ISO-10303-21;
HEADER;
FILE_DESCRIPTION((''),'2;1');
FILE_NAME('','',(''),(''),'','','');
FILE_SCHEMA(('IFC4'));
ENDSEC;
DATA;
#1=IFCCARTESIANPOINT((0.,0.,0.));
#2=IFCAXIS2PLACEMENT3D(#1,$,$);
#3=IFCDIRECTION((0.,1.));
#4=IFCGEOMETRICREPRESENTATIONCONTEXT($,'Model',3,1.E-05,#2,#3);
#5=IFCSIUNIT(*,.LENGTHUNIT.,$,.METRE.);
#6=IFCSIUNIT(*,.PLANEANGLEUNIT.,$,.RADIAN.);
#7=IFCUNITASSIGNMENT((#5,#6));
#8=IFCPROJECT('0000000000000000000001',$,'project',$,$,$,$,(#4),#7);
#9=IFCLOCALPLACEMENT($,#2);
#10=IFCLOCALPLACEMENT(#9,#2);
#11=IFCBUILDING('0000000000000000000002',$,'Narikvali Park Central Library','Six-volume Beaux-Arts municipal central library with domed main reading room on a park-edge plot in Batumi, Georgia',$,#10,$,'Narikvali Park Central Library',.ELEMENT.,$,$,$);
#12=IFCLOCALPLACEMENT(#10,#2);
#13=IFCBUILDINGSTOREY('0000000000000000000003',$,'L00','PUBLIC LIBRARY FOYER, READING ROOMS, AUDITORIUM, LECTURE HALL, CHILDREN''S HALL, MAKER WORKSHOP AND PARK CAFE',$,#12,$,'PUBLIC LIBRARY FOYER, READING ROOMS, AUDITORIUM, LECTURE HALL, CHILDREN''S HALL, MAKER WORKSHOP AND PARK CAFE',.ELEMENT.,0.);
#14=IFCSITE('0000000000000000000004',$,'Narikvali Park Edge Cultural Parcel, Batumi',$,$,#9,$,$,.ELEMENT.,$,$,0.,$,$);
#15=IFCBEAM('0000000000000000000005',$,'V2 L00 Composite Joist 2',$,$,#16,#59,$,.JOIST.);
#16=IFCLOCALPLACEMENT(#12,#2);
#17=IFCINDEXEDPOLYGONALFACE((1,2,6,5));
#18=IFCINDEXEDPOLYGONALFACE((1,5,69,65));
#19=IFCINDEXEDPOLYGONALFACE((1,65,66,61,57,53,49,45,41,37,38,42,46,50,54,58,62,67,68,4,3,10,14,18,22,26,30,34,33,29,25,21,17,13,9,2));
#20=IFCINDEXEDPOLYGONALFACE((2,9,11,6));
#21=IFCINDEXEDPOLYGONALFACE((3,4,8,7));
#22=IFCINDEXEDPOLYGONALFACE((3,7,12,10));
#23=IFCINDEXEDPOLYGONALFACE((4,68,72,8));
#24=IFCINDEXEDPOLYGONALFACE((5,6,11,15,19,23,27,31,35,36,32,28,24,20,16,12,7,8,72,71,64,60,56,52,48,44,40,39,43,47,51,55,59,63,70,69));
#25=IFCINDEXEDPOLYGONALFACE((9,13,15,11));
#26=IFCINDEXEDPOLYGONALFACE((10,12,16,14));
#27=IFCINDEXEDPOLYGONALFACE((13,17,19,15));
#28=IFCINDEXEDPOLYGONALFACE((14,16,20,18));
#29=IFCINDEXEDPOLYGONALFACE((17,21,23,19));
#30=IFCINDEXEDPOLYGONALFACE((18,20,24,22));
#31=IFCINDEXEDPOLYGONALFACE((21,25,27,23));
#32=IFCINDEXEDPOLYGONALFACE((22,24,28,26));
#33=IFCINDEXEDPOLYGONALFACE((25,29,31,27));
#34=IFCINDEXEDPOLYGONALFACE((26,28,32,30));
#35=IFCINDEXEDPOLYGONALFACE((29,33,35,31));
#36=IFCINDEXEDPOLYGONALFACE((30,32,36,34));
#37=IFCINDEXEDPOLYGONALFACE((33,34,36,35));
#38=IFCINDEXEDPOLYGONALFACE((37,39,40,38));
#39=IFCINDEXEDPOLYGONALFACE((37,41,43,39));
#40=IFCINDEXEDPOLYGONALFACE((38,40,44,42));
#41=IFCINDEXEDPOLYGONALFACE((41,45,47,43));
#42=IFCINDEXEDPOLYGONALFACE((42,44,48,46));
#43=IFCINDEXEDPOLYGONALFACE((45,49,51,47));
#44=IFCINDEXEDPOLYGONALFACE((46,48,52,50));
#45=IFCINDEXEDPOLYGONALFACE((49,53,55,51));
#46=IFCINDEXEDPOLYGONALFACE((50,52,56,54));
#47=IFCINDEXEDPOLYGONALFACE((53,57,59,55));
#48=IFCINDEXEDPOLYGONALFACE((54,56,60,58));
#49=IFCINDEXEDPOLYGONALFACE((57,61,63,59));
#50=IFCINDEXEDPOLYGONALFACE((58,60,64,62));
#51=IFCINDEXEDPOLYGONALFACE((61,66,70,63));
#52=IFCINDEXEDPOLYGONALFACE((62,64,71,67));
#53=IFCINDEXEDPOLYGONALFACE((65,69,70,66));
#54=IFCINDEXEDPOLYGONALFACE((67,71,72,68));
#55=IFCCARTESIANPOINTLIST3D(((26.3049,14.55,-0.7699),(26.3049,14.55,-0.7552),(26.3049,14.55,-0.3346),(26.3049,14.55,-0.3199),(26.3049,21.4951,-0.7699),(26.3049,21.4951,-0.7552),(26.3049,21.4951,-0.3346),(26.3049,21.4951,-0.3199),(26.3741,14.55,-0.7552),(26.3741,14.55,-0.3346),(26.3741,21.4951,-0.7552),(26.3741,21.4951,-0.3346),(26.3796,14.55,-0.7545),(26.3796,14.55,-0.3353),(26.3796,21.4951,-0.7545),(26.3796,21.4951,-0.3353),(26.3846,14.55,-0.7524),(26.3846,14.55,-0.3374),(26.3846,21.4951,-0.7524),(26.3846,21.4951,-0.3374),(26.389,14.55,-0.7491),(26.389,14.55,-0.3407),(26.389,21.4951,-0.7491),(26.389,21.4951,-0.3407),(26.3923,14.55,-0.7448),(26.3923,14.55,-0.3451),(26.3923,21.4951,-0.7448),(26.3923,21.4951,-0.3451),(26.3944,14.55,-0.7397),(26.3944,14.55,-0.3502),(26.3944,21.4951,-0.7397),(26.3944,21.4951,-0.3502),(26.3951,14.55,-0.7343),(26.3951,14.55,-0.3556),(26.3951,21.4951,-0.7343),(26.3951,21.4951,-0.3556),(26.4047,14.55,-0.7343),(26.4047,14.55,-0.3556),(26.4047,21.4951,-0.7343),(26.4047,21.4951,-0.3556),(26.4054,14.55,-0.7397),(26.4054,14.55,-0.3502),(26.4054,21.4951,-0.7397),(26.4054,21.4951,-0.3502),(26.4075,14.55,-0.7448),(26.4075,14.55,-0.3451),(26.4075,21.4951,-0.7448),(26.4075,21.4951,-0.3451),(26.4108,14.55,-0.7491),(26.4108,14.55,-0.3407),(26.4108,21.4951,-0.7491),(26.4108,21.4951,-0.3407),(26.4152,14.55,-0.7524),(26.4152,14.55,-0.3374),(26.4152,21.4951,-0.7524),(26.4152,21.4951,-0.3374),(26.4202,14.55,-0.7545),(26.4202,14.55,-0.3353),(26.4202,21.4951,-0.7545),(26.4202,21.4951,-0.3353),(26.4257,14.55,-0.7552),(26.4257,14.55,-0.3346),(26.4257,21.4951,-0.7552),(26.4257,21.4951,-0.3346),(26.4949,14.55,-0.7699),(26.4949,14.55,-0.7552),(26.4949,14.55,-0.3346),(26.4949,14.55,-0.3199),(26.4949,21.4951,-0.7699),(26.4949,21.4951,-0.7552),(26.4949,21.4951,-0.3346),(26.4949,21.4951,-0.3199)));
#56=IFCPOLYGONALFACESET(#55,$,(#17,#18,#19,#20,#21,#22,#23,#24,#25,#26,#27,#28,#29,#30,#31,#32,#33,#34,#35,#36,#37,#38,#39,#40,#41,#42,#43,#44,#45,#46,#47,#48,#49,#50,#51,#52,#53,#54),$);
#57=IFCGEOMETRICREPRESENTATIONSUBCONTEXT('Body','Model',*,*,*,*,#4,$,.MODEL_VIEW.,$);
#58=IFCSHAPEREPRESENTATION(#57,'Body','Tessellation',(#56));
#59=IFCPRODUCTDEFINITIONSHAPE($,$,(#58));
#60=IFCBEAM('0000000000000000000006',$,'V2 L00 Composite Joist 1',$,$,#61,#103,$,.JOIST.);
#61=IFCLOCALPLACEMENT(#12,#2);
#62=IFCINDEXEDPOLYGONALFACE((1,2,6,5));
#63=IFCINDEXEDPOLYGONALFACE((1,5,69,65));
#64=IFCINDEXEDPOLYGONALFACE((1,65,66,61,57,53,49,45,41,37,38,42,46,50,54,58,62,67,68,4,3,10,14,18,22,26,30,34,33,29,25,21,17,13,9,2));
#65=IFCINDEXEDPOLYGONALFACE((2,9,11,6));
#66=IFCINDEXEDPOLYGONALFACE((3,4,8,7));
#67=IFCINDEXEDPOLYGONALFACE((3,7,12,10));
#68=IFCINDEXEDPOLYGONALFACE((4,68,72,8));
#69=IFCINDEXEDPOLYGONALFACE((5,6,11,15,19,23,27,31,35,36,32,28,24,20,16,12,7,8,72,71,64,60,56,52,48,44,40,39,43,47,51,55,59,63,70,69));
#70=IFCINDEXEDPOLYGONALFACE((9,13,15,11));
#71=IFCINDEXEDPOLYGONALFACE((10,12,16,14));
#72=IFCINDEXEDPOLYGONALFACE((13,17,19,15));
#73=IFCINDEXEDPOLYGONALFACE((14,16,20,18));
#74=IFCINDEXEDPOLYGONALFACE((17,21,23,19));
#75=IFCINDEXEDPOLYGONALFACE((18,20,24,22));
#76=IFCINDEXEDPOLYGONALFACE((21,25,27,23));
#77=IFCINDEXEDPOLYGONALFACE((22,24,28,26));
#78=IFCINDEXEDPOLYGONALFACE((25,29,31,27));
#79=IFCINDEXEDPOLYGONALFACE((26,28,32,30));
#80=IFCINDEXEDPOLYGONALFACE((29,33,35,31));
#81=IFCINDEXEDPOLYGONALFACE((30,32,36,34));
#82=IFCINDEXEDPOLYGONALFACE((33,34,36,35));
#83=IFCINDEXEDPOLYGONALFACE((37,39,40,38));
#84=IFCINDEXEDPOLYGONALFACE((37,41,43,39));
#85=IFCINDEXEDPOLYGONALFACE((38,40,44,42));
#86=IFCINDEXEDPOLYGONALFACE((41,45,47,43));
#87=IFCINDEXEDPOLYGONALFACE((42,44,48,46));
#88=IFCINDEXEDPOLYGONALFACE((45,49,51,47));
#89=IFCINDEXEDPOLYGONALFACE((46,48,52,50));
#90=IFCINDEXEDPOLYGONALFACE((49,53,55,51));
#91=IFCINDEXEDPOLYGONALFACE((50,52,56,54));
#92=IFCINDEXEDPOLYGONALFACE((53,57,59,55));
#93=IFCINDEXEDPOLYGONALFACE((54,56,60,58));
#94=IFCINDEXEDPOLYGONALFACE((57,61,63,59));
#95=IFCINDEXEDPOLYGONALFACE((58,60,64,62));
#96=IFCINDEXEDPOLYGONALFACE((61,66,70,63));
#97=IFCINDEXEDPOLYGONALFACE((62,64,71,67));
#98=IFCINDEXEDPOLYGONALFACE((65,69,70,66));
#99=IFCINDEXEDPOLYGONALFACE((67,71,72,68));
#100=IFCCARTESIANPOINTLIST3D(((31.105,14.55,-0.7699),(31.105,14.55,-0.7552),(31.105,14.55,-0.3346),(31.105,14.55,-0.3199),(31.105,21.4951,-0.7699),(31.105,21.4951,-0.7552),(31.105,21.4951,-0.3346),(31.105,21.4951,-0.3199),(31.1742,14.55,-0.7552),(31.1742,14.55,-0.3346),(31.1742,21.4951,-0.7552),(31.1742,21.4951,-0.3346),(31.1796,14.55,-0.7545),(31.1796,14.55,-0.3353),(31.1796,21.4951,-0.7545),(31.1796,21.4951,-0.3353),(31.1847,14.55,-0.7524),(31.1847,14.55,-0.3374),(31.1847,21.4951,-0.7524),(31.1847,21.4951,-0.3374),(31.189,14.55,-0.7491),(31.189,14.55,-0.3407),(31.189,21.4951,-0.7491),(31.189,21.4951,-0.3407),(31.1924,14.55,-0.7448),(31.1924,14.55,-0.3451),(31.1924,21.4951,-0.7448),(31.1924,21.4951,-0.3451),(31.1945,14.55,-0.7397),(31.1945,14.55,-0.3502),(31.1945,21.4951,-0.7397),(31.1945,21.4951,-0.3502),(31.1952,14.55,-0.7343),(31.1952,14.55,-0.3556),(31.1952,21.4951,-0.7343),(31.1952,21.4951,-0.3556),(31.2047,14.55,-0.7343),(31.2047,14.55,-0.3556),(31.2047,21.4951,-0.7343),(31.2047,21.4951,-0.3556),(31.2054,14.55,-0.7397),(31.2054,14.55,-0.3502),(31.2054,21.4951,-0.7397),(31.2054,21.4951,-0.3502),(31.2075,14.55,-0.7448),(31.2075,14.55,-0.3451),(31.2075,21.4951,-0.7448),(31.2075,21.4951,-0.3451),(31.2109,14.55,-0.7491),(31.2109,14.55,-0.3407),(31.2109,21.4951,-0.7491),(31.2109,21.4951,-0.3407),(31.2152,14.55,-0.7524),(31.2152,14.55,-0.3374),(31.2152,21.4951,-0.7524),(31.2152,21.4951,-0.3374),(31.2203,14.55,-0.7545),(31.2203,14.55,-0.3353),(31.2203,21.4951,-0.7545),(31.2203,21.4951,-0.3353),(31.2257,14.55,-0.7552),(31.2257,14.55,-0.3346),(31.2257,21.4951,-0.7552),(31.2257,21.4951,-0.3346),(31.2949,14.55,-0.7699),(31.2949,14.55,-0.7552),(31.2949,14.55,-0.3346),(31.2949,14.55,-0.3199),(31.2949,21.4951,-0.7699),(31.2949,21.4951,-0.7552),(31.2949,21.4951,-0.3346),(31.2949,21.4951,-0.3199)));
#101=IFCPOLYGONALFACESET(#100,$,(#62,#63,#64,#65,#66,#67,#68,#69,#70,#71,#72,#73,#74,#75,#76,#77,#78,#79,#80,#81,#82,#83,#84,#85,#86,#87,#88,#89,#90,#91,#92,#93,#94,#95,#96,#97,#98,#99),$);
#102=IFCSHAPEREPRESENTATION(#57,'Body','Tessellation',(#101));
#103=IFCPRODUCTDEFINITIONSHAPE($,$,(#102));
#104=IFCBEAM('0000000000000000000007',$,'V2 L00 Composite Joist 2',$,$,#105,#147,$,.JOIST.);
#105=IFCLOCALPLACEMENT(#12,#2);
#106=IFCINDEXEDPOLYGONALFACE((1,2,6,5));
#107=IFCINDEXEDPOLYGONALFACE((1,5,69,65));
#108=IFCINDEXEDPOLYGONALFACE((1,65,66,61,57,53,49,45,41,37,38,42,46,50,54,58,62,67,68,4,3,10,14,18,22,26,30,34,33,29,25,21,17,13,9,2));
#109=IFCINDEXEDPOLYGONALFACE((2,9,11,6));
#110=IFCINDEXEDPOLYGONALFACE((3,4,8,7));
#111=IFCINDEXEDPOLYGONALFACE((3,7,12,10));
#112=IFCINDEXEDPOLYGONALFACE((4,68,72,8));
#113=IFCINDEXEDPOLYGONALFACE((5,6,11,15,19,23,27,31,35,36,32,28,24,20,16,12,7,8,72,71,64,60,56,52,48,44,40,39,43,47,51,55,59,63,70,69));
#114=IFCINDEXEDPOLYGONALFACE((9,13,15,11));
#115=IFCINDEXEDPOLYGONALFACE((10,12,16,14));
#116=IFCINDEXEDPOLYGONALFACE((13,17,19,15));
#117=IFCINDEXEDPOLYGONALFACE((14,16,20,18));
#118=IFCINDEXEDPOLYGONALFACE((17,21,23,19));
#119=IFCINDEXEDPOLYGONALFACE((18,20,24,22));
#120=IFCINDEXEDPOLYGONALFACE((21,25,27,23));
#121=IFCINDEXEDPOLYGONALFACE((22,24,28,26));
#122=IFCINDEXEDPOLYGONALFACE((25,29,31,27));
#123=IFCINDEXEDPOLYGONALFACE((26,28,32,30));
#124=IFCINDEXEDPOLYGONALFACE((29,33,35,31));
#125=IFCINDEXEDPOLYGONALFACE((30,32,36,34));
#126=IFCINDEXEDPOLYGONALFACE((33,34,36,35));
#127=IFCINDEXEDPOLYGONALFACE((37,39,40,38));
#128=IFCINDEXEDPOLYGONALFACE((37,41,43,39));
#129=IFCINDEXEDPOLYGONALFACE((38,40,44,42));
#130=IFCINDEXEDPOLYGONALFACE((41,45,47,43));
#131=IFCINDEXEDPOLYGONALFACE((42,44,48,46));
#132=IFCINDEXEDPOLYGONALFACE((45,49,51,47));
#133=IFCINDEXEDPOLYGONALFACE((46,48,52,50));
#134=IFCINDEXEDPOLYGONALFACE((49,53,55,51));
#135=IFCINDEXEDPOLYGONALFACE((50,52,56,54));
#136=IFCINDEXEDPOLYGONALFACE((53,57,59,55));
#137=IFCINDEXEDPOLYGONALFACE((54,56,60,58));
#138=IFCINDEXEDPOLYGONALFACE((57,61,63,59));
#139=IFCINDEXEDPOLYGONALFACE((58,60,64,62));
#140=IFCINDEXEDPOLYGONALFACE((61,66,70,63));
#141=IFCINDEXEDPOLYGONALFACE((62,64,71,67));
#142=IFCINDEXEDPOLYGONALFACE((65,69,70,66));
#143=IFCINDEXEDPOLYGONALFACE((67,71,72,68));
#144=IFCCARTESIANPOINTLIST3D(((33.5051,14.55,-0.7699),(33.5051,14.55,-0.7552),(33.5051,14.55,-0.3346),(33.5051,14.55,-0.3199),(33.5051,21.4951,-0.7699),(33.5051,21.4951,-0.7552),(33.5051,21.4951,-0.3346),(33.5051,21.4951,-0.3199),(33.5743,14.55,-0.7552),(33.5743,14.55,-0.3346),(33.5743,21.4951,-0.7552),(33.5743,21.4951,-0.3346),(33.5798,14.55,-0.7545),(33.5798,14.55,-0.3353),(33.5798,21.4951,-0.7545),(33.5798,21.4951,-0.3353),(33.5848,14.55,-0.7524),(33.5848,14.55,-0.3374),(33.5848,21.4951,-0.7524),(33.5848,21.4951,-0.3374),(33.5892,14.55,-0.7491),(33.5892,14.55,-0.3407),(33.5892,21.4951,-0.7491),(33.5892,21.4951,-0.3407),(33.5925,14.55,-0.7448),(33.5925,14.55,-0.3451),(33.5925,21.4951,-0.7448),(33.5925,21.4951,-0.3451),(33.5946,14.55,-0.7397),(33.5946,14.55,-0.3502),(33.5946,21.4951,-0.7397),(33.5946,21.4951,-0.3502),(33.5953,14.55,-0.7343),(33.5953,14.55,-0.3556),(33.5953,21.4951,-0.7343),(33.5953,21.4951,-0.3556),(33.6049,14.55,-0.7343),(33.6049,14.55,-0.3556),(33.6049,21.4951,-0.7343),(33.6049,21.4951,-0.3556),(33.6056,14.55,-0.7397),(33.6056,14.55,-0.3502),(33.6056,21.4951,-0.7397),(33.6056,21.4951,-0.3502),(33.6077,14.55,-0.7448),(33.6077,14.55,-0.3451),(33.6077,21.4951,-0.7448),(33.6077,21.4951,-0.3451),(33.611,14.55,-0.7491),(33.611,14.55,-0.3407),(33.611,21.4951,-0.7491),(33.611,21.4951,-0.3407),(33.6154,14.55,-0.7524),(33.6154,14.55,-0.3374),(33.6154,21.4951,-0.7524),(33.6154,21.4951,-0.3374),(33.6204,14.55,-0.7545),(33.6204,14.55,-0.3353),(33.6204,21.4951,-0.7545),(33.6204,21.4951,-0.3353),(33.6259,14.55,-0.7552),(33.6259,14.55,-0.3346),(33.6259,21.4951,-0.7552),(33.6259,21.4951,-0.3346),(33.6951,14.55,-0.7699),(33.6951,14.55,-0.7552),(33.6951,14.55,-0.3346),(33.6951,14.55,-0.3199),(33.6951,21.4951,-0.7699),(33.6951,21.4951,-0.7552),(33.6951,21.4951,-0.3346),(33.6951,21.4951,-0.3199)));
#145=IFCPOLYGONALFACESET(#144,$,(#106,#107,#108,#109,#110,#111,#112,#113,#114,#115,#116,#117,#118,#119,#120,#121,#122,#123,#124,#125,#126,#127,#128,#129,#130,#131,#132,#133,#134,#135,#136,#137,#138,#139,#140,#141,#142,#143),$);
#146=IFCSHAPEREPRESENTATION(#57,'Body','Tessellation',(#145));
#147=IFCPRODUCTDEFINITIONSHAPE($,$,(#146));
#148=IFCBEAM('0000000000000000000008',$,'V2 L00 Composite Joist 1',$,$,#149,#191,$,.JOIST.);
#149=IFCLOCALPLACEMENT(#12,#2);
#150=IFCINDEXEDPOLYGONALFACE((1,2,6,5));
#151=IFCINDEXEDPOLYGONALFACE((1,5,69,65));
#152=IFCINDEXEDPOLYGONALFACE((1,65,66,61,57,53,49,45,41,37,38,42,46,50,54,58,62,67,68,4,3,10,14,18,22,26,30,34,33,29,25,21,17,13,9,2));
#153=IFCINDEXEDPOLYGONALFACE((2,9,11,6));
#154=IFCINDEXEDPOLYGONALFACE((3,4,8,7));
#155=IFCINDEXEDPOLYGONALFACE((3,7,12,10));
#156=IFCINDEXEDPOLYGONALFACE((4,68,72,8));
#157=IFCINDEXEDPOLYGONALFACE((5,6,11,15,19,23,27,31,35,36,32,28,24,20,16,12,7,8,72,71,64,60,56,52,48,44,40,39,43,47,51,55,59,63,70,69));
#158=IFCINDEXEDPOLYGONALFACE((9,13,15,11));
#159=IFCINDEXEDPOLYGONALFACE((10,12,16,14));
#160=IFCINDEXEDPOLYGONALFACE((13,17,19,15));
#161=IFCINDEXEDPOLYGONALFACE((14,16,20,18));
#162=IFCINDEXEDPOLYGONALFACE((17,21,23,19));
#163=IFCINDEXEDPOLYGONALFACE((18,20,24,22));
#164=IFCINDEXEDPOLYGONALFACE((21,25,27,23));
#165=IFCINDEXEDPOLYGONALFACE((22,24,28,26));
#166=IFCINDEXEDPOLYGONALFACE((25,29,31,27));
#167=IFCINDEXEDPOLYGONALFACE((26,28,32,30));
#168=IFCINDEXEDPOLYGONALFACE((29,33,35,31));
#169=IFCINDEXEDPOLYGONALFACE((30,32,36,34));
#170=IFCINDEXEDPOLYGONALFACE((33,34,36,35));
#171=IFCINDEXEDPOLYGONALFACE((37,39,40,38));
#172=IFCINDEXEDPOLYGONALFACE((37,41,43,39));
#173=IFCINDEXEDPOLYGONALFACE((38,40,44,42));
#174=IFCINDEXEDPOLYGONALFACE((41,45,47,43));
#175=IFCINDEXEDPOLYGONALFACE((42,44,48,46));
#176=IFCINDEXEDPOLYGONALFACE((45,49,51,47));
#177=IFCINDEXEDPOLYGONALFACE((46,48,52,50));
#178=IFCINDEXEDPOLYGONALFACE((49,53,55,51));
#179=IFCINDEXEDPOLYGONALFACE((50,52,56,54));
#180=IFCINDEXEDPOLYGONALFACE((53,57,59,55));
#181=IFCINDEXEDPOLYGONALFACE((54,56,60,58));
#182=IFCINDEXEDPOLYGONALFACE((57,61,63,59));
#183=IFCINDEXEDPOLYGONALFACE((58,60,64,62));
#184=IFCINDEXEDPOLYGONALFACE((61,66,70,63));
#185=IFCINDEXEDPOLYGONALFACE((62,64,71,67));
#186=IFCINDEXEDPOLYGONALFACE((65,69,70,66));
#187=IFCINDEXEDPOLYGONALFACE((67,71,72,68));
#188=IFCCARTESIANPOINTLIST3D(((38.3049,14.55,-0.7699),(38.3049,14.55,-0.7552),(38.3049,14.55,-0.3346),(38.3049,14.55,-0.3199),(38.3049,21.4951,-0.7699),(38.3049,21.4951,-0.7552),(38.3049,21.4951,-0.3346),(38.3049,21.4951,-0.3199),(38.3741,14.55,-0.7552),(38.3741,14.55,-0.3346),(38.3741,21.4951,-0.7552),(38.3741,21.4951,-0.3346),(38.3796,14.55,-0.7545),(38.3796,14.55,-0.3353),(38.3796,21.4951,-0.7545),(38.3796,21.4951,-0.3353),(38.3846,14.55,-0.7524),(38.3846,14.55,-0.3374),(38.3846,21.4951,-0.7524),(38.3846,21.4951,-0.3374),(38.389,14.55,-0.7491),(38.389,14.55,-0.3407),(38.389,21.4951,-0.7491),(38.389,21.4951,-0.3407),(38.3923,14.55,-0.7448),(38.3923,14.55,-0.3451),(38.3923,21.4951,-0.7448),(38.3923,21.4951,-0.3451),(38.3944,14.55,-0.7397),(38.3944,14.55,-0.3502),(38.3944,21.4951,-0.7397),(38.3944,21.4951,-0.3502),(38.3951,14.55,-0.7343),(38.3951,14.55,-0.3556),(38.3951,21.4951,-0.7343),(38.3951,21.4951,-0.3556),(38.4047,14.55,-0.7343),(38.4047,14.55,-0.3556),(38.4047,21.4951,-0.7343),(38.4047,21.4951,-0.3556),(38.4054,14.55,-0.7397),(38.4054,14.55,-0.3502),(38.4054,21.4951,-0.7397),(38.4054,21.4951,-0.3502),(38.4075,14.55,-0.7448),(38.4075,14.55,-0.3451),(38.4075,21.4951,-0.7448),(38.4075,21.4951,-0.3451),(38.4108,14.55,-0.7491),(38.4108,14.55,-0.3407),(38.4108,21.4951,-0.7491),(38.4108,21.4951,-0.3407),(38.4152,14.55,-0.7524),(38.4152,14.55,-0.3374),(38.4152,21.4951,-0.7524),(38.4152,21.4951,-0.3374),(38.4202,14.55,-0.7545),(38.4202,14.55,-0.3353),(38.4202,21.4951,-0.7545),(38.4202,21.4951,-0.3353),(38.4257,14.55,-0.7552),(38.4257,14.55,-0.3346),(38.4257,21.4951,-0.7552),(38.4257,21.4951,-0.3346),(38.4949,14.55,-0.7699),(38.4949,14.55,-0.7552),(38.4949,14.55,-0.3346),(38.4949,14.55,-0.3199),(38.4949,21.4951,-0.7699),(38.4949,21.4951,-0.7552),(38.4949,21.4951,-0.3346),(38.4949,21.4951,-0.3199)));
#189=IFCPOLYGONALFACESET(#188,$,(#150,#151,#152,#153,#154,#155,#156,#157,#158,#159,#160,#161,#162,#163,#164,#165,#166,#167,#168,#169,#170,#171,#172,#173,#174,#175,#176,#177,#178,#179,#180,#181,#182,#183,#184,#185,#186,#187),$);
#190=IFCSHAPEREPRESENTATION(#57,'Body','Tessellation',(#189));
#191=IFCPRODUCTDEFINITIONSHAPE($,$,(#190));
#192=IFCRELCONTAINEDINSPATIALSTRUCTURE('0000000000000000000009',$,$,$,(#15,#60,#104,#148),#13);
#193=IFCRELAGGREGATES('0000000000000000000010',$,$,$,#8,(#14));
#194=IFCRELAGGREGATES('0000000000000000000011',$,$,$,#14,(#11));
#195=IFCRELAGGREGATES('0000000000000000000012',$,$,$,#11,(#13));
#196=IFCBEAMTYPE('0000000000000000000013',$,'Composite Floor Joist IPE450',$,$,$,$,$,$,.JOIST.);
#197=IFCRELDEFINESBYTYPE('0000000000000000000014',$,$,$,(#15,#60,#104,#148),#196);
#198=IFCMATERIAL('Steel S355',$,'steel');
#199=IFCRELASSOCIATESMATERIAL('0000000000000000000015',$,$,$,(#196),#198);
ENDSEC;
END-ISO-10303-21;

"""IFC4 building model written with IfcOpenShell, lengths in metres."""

from ifc_helpers import new_model, si_unit, direction, frame, origin, origin_2d, place, context, subcontext, project, spatial, i_section, extrude, material, material_profile, profile_set, type_object, element, save


model = new_model("IFC4")

# Units and contexts
model_context = context("Model", 3, precision=1e-05, world=origin(), true_north=direction((0.0, 1.0)))
body_context = subcontext(model_context, "Body", "Model", "MODEL_VIEW")
ifc_project = project(units=[si_unit("LENGTHUNIT", "METRE"), si_unit("PLANEANGLEUNIT", "RADIAN")], contexts=[model_context])

# Site, building, storey
site_placement = place(None, origin())
site = spatial("IfcSite", under=ifc_project, at=site_placement, Name="Narikvali Park Edge Cultural Parcel, Batumi", CompositionType="ELEMENT", RefElevation=0.0)
building_placement = place(site_placement, origin())
building = spatial("IfcBuilding", under=site, at=building_placement, Name="Narikvali Park Central Library", Description="Six-volume Beaux-Arts municipal central library with domed main reading room on a park-edge plot in Batumi, Georgia", LongName="Narikvali Park Central Library", CompositionType="ELEMENT")
storey_placement = place(building_placement, origin())
storey = spatial("IfcBuildingStorey", under=building, at=storey_placement, Name="L00", Description="PUBLIC LIBRARY FOYER, READING ROOMS, AUDITORIUM, LECTURE HALL, CHILDREN'S HALL, MAKER WORKSHOP AND PARK CAFE", LongName="PUBLIC LIBRARY FOYER, READING ROOMS, AUDITORIUM, LECTURE HALL, CHILDREN'S HALL, MAKER WORKSHOP AND PARK CAFE", CompositionType="ELEMENT", Elevation=0.0)

# Shared definitions
ifc_material_1 = material(Name="Steel S355", Category="steel")

# Beams
ifc_material_profile_1 = material_profile(ifc_material_1, i_section(OverallWidth=0.1899, OverallDepth=0.45, WebThickness=0.0095, FlangeThickness=0.0146, FilletRadius=0.021, at=origin_2d()), Name="IPE 450")
ifc_profile_set_1 = profile_set([ifc_material_profile_1], Name="Steel S355")
beam_type_1 = type_object("IfcBeamType", Name="Composite Floor Joist IPE450", PredefinedType="JOIST", material=ifc_profile_set_1)
for number, where, z_axis, x_axis, name in (
    (1, (26.3999, 14.55, -0.5449), (0.0, 1.0, 0.0), (-1.0, 0.0, 0.0), "V2 L00 Composite Joist 2"),
    (2, (31.2, 14.55, -0.5449), (0.0, 1.0, 0.0), (-1.0, 0.0, 0.0), "V2 L00 Composite Joist 1"),
    (3, (33.6001, 14.55, -0.5449), (0.0, 1.0, 0.0), (-1.0, 0.0, 0.0), "V2 L00 Composite Joist 2"),
    (4, (38.3999, 14.55, -0.5449), (0.0, 1.0, 0.0), (-1.0, 0.0, 0.0), "V2 L00 Composite Joist 1"),
):
    element("IfcBeam", number, at=place(storey_placement, frame(where, z_axis=z_axis, x_axis=x_axis)), inside=storey, type_object=beam_type_1, Name=name, PredefinedType="JOIST", context=body_context, shape_type="SweptSolid", body=[
        extrude(i_section(OverallWidth=0.1899, OverallDepth=0.45, WebThickness=0.0095, FlangeThickness=0.0146, FilletRadius=0.021, at=origin_2d()), origin(), (0.0, 0.0, 1.0), 6.9451),
    ])

save(model, "model.ifc")
